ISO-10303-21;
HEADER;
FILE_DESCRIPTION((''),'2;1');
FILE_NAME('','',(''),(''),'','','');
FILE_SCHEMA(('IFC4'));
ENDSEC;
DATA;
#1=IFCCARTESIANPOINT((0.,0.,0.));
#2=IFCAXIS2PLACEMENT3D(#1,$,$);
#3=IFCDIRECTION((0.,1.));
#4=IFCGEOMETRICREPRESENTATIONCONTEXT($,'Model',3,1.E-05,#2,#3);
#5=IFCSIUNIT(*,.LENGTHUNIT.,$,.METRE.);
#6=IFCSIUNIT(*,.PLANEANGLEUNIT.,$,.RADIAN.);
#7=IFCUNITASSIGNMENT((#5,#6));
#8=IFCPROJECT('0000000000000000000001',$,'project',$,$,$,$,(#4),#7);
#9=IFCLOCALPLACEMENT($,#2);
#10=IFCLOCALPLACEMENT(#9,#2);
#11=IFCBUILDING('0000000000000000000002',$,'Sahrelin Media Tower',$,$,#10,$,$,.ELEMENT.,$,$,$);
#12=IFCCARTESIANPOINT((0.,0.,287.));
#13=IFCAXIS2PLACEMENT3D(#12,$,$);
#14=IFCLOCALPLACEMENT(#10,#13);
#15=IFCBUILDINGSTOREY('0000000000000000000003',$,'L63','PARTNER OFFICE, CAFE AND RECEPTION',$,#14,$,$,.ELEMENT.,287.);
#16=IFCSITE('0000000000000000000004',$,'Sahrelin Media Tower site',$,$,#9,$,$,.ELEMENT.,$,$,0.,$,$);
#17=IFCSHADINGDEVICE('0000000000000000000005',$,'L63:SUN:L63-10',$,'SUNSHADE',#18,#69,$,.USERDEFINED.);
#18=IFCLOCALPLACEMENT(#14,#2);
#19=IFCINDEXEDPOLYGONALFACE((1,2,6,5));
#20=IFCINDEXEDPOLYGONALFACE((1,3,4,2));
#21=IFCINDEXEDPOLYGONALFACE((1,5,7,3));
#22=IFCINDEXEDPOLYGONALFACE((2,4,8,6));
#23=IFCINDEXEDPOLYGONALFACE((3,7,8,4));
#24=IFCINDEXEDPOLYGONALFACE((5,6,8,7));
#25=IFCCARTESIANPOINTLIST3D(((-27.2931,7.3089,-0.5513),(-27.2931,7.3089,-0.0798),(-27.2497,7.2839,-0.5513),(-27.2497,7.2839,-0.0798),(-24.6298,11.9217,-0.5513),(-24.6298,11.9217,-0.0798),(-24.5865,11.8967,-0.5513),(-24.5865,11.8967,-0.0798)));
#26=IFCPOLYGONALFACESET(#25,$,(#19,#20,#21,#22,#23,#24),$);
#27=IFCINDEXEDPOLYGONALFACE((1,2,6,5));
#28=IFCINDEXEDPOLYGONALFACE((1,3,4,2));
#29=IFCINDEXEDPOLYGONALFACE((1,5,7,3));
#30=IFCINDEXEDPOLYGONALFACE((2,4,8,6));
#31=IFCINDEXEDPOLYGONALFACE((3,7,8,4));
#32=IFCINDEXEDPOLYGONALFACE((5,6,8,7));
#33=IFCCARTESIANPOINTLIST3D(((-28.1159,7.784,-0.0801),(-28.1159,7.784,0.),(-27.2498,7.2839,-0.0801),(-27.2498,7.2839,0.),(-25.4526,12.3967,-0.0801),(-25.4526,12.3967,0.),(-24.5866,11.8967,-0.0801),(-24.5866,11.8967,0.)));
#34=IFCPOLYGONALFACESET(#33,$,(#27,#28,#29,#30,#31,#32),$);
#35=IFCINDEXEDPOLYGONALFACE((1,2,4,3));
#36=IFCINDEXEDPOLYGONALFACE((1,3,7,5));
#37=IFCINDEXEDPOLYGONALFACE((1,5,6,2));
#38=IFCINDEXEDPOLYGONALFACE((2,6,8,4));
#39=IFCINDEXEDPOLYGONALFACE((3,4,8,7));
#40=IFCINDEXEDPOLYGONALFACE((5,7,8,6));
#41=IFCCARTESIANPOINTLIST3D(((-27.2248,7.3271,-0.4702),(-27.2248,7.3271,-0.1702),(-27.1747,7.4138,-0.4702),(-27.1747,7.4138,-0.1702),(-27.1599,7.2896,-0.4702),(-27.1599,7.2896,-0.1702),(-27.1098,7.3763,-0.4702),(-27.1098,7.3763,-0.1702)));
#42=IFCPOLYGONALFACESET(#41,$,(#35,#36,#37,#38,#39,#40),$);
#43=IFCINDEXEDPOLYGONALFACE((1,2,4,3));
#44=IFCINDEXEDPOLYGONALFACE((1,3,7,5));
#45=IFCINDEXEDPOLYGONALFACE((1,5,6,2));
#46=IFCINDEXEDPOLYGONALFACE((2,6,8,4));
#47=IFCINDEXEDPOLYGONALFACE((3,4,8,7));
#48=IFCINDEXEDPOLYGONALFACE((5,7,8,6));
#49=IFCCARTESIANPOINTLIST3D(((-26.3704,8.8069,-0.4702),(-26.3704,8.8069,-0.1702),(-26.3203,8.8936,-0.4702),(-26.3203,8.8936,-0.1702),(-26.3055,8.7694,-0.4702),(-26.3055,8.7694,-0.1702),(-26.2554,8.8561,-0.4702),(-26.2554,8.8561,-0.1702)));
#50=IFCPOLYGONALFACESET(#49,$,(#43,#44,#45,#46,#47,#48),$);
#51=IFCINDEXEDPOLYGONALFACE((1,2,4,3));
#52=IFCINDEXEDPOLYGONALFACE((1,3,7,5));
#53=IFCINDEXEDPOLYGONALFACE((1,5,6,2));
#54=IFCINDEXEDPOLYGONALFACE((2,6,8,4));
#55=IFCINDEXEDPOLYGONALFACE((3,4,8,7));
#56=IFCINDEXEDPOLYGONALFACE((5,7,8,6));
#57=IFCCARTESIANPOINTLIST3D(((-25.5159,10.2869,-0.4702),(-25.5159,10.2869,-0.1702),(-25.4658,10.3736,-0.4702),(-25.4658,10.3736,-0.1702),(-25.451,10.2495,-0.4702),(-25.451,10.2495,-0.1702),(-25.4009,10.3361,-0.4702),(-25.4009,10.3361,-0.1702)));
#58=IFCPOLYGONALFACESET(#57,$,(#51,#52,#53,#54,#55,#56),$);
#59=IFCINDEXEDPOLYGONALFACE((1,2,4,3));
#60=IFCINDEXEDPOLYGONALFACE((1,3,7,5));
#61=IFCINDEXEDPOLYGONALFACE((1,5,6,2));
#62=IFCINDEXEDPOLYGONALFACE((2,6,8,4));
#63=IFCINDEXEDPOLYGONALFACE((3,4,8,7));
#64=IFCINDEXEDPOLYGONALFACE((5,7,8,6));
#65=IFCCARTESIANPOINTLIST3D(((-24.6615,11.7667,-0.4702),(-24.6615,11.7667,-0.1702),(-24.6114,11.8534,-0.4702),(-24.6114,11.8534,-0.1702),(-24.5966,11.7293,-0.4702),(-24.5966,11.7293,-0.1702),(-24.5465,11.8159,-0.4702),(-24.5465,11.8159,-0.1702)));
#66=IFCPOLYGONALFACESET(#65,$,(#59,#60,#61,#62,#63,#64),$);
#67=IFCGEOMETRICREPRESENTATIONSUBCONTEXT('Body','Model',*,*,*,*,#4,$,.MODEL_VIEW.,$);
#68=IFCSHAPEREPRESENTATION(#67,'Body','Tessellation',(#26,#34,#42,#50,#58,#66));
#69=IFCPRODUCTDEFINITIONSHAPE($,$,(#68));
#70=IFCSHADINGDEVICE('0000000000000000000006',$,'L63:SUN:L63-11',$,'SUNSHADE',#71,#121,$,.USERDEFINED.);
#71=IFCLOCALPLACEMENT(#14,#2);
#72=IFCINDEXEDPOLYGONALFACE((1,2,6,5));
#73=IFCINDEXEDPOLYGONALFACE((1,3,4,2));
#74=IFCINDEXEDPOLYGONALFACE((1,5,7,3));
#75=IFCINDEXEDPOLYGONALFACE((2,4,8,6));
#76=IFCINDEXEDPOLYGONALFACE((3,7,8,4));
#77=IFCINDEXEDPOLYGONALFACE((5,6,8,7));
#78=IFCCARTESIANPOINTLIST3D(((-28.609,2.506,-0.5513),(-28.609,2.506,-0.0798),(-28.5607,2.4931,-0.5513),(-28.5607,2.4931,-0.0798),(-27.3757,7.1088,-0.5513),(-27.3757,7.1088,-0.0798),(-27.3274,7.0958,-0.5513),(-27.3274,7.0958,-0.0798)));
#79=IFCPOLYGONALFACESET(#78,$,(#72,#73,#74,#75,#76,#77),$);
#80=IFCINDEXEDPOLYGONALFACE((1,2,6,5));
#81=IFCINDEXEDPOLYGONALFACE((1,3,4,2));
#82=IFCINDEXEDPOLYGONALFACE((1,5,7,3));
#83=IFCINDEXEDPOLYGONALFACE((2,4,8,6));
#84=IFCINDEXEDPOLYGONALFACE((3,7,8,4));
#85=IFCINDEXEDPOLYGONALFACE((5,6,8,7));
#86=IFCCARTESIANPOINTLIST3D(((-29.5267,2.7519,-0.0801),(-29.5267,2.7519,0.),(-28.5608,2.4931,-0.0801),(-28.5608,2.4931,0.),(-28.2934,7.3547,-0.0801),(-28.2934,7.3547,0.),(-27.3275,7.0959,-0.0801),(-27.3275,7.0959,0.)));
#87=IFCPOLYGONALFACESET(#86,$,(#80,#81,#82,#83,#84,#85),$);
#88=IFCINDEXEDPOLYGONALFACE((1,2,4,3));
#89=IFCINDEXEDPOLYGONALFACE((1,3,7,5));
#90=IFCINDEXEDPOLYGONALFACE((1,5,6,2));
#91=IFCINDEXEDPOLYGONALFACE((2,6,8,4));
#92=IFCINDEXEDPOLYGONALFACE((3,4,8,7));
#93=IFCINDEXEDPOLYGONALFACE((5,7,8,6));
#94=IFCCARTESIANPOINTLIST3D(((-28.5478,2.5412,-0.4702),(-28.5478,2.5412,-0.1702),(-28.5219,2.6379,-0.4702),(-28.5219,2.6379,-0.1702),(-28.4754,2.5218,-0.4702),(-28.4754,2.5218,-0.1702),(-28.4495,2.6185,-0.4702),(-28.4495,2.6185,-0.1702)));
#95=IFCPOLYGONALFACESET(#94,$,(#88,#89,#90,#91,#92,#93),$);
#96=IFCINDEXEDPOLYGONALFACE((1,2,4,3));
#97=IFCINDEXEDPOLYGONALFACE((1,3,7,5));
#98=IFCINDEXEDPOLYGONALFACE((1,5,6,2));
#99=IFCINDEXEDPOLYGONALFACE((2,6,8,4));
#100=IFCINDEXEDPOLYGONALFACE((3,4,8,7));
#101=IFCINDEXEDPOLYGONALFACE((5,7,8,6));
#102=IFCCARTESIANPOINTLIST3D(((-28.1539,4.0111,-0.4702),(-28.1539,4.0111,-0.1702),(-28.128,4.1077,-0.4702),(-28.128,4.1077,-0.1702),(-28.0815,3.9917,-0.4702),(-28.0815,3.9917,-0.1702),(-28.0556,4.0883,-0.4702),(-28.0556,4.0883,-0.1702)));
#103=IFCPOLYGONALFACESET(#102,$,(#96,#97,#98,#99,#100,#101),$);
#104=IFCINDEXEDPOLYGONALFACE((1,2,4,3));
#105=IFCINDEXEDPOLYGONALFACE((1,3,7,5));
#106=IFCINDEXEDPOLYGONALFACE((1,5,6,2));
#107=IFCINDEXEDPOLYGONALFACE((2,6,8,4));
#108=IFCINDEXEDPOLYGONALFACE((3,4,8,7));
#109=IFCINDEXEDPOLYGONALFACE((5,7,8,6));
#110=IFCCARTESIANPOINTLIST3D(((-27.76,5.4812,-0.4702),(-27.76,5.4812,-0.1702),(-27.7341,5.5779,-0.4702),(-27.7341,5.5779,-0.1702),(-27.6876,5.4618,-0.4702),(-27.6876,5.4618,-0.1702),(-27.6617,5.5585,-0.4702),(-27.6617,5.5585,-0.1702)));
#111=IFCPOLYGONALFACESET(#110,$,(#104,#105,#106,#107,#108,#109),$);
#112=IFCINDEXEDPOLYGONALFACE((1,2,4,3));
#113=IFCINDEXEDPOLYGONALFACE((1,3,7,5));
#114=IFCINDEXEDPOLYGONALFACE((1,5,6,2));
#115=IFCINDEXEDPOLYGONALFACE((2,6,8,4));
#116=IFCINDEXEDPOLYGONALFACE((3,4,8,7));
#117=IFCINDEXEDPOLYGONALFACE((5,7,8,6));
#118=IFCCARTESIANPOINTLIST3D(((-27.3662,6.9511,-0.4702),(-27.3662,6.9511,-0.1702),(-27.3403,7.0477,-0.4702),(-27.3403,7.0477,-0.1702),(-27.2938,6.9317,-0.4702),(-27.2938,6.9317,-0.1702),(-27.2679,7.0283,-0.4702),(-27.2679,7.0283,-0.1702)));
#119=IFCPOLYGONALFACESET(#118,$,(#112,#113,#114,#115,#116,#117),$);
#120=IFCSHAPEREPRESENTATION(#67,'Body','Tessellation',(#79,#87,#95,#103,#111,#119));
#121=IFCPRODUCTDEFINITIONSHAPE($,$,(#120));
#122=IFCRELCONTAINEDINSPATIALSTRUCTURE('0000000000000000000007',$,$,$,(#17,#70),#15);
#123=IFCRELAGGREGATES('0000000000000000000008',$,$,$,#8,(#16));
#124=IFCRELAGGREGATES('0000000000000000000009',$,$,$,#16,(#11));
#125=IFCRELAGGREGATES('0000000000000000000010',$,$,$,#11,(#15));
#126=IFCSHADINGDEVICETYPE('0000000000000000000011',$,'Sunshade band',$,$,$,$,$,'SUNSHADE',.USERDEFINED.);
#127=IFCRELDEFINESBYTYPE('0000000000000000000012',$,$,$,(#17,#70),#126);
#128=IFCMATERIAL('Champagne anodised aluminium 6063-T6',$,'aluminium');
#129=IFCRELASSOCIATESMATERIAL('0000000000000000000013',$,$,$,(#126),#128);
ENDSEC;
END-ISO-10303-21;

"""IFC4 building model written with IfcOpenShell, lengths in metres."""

from ifc_helpers import new_model, si_unit, direction, frame, origin, origin_2d, place, context, subcontext, project, spatial, rectangle, extrude, material, type_object, element, save


model = new_model("IFC4")

# Units and contexts
model_context = context("Model", 3, precision=1e-05, world=origin(), true_north=direction((0.0, 1.0)))
body_context = subcontext(model_context, "Body", "Model", "MODEL_VIEW")
ifc_project = project(units=[si_unit("LENGTHUNIT", "METRE"), si_unit("PLANEANGLEUNIT", "RADIAN")], contexts=[model_context])

# Site, building, storey
site_placement = place(None, origin())
site = spatial("IfcSite", under=ifc_project, at=site_placement, Name="Sahrelin Media Tower site", CompositionType="ELEMENT", RefElevation=0.0)
building_placement = place(site_placement, origin())
building = spatial("IfcBuilding", under=site, at=building_placement, Name="Sahrelin Media Tower", CompositionType="ELEMENT")
storey_placement = place(building_placement, frame((0.0, 0.0, 287.0)))
storey = spatial("IfcBuildingStorey", under=building, at=storey_placement, Name="L63", Description="PARTNER OFFICE, CAFE AND RECEPTION", CompositionType="ELEMENT", Elevation=287.0)

# Shared definitions
ifc_material_1 = material(Name="Champagne anodised aluminium 6063-T6", Category="aluminium")

# Shading devices
placement_1 = place(storey_placement, frame((-25.9009, 9.5803, 0.0), z_axis=(0.0, 0.0, 1.0), x_axis=(0.500011, 0.866019, 0.0)))
placement_2 = place(storey_placement, frame((-27.9248, 4.7893, 0.0), z_axis=(0.0, 0.0, 1.0), x_axis=(0.258808, 0.965929, 0.0)))
shading_device_type_1 = type_object("IfcShadingDeviceType", Name="Sunshade band", ElementType="SUNSHADE", PredefinedType="USERDEFINED", material=ifc_material_1)
element("IfcShadingDevice", 1, at=placement_1, inside=storey, type_object=shading_device_type_1, Name="L63:SUN:L63-10", ObjectType="SUNSHADE", PredefinedType="USERDEFINED", context=body_context, shape_type="SweptSolid", body=[
    extrude(rectangle(XDim=5.3264, YDim=0.05, at=origin_2d()), frame((0.0, 0.0449, -0.5513)), (0.0, 0.0, 1.0), 0.4714),
    extrude(rectangle(XDim=5.3264, YDim=1.0, at=origin_2d()), frame((0.0, 0.52, -0.0801)), (0.0, 0.0, 1.0), 0.0801),
    extrude(rectangle(XDim=0.1001, YDim=0.075, at=origin_2d()), frame((-2.5632, -0.0176, -0.4702)), (0.0, 0.0, 1.0), 0.3),
    extrude(rectangle(XDim=0.1001, YDim=0.075, at=origin_2d()), frame((-0.8545, -0.0176, -0.4702)), (0.0, 0.0, 1.0), 0.3),
    extrude(rectangle(XDim=0.1001, YDim=0.075, at=origin_2d()), frame((0.8545, -0.0176, -0.4702)), (0.0, 0.0, 1.0), 0.3),
    extrude(rectangle(XDim=0.1001, YDim=0.075, at=origin_2d()), frame((2.5632, -0.0176, -0.4702)), (0.0, 0.0, 1.0), 0.3),
])
element("IfcShadingDevice", 2, at=placement_2, inside=storey, type_object=shading_device_type_1, Name="L63:SUN:L63-11", ObjectType="SUNSHADE", PredefinedType="USERDEFINED", context=body_context, shape_type="SweptSolid", body=[
    extrude(rectangle(XDim=4.7651, YDim=0.05, at=origin_2d()), frame((0.0, 0.0449, -0.5513)), (0.0, 0.0, 1.0), 0.4714),
    extrude(rectangle(XDim=4.7651, YDim=1.0, at=origin_2d()), frame((0.0, 0.52, -0.0801)), (0.0, 0.0, 1.0), 0.0801),
    extrude(rectangle(XDim=0.1001, YDim=0.075, at=origin_2d()), frame((-2.2827, -0.0176, -0.4702)), (0.0, 0.0, 1.0), 0.3),
    extrude(rectangle(XDim=0.1001, YDim=0.075, at=origin_2d()), frame((-0.761, -0.0176, -0.4702)), (0.0, 0.0, 1.0), 0.3),
    extrude(rectangle(XDim=0.1001, YDim=0.075, at=origin_2d()), frame((0.761, -0.0176, -0.4702)), (0.0, 0.0, 1.0), 0.3),
    extrude(rectangle(XDim=0.1001, YDim=0.075, at=origin_2d()), frame((2.2827, -0.0176, -0.4702)), (0.0, 0.0, 1.0), 0.3),
])

save(model, "model.ifc")
